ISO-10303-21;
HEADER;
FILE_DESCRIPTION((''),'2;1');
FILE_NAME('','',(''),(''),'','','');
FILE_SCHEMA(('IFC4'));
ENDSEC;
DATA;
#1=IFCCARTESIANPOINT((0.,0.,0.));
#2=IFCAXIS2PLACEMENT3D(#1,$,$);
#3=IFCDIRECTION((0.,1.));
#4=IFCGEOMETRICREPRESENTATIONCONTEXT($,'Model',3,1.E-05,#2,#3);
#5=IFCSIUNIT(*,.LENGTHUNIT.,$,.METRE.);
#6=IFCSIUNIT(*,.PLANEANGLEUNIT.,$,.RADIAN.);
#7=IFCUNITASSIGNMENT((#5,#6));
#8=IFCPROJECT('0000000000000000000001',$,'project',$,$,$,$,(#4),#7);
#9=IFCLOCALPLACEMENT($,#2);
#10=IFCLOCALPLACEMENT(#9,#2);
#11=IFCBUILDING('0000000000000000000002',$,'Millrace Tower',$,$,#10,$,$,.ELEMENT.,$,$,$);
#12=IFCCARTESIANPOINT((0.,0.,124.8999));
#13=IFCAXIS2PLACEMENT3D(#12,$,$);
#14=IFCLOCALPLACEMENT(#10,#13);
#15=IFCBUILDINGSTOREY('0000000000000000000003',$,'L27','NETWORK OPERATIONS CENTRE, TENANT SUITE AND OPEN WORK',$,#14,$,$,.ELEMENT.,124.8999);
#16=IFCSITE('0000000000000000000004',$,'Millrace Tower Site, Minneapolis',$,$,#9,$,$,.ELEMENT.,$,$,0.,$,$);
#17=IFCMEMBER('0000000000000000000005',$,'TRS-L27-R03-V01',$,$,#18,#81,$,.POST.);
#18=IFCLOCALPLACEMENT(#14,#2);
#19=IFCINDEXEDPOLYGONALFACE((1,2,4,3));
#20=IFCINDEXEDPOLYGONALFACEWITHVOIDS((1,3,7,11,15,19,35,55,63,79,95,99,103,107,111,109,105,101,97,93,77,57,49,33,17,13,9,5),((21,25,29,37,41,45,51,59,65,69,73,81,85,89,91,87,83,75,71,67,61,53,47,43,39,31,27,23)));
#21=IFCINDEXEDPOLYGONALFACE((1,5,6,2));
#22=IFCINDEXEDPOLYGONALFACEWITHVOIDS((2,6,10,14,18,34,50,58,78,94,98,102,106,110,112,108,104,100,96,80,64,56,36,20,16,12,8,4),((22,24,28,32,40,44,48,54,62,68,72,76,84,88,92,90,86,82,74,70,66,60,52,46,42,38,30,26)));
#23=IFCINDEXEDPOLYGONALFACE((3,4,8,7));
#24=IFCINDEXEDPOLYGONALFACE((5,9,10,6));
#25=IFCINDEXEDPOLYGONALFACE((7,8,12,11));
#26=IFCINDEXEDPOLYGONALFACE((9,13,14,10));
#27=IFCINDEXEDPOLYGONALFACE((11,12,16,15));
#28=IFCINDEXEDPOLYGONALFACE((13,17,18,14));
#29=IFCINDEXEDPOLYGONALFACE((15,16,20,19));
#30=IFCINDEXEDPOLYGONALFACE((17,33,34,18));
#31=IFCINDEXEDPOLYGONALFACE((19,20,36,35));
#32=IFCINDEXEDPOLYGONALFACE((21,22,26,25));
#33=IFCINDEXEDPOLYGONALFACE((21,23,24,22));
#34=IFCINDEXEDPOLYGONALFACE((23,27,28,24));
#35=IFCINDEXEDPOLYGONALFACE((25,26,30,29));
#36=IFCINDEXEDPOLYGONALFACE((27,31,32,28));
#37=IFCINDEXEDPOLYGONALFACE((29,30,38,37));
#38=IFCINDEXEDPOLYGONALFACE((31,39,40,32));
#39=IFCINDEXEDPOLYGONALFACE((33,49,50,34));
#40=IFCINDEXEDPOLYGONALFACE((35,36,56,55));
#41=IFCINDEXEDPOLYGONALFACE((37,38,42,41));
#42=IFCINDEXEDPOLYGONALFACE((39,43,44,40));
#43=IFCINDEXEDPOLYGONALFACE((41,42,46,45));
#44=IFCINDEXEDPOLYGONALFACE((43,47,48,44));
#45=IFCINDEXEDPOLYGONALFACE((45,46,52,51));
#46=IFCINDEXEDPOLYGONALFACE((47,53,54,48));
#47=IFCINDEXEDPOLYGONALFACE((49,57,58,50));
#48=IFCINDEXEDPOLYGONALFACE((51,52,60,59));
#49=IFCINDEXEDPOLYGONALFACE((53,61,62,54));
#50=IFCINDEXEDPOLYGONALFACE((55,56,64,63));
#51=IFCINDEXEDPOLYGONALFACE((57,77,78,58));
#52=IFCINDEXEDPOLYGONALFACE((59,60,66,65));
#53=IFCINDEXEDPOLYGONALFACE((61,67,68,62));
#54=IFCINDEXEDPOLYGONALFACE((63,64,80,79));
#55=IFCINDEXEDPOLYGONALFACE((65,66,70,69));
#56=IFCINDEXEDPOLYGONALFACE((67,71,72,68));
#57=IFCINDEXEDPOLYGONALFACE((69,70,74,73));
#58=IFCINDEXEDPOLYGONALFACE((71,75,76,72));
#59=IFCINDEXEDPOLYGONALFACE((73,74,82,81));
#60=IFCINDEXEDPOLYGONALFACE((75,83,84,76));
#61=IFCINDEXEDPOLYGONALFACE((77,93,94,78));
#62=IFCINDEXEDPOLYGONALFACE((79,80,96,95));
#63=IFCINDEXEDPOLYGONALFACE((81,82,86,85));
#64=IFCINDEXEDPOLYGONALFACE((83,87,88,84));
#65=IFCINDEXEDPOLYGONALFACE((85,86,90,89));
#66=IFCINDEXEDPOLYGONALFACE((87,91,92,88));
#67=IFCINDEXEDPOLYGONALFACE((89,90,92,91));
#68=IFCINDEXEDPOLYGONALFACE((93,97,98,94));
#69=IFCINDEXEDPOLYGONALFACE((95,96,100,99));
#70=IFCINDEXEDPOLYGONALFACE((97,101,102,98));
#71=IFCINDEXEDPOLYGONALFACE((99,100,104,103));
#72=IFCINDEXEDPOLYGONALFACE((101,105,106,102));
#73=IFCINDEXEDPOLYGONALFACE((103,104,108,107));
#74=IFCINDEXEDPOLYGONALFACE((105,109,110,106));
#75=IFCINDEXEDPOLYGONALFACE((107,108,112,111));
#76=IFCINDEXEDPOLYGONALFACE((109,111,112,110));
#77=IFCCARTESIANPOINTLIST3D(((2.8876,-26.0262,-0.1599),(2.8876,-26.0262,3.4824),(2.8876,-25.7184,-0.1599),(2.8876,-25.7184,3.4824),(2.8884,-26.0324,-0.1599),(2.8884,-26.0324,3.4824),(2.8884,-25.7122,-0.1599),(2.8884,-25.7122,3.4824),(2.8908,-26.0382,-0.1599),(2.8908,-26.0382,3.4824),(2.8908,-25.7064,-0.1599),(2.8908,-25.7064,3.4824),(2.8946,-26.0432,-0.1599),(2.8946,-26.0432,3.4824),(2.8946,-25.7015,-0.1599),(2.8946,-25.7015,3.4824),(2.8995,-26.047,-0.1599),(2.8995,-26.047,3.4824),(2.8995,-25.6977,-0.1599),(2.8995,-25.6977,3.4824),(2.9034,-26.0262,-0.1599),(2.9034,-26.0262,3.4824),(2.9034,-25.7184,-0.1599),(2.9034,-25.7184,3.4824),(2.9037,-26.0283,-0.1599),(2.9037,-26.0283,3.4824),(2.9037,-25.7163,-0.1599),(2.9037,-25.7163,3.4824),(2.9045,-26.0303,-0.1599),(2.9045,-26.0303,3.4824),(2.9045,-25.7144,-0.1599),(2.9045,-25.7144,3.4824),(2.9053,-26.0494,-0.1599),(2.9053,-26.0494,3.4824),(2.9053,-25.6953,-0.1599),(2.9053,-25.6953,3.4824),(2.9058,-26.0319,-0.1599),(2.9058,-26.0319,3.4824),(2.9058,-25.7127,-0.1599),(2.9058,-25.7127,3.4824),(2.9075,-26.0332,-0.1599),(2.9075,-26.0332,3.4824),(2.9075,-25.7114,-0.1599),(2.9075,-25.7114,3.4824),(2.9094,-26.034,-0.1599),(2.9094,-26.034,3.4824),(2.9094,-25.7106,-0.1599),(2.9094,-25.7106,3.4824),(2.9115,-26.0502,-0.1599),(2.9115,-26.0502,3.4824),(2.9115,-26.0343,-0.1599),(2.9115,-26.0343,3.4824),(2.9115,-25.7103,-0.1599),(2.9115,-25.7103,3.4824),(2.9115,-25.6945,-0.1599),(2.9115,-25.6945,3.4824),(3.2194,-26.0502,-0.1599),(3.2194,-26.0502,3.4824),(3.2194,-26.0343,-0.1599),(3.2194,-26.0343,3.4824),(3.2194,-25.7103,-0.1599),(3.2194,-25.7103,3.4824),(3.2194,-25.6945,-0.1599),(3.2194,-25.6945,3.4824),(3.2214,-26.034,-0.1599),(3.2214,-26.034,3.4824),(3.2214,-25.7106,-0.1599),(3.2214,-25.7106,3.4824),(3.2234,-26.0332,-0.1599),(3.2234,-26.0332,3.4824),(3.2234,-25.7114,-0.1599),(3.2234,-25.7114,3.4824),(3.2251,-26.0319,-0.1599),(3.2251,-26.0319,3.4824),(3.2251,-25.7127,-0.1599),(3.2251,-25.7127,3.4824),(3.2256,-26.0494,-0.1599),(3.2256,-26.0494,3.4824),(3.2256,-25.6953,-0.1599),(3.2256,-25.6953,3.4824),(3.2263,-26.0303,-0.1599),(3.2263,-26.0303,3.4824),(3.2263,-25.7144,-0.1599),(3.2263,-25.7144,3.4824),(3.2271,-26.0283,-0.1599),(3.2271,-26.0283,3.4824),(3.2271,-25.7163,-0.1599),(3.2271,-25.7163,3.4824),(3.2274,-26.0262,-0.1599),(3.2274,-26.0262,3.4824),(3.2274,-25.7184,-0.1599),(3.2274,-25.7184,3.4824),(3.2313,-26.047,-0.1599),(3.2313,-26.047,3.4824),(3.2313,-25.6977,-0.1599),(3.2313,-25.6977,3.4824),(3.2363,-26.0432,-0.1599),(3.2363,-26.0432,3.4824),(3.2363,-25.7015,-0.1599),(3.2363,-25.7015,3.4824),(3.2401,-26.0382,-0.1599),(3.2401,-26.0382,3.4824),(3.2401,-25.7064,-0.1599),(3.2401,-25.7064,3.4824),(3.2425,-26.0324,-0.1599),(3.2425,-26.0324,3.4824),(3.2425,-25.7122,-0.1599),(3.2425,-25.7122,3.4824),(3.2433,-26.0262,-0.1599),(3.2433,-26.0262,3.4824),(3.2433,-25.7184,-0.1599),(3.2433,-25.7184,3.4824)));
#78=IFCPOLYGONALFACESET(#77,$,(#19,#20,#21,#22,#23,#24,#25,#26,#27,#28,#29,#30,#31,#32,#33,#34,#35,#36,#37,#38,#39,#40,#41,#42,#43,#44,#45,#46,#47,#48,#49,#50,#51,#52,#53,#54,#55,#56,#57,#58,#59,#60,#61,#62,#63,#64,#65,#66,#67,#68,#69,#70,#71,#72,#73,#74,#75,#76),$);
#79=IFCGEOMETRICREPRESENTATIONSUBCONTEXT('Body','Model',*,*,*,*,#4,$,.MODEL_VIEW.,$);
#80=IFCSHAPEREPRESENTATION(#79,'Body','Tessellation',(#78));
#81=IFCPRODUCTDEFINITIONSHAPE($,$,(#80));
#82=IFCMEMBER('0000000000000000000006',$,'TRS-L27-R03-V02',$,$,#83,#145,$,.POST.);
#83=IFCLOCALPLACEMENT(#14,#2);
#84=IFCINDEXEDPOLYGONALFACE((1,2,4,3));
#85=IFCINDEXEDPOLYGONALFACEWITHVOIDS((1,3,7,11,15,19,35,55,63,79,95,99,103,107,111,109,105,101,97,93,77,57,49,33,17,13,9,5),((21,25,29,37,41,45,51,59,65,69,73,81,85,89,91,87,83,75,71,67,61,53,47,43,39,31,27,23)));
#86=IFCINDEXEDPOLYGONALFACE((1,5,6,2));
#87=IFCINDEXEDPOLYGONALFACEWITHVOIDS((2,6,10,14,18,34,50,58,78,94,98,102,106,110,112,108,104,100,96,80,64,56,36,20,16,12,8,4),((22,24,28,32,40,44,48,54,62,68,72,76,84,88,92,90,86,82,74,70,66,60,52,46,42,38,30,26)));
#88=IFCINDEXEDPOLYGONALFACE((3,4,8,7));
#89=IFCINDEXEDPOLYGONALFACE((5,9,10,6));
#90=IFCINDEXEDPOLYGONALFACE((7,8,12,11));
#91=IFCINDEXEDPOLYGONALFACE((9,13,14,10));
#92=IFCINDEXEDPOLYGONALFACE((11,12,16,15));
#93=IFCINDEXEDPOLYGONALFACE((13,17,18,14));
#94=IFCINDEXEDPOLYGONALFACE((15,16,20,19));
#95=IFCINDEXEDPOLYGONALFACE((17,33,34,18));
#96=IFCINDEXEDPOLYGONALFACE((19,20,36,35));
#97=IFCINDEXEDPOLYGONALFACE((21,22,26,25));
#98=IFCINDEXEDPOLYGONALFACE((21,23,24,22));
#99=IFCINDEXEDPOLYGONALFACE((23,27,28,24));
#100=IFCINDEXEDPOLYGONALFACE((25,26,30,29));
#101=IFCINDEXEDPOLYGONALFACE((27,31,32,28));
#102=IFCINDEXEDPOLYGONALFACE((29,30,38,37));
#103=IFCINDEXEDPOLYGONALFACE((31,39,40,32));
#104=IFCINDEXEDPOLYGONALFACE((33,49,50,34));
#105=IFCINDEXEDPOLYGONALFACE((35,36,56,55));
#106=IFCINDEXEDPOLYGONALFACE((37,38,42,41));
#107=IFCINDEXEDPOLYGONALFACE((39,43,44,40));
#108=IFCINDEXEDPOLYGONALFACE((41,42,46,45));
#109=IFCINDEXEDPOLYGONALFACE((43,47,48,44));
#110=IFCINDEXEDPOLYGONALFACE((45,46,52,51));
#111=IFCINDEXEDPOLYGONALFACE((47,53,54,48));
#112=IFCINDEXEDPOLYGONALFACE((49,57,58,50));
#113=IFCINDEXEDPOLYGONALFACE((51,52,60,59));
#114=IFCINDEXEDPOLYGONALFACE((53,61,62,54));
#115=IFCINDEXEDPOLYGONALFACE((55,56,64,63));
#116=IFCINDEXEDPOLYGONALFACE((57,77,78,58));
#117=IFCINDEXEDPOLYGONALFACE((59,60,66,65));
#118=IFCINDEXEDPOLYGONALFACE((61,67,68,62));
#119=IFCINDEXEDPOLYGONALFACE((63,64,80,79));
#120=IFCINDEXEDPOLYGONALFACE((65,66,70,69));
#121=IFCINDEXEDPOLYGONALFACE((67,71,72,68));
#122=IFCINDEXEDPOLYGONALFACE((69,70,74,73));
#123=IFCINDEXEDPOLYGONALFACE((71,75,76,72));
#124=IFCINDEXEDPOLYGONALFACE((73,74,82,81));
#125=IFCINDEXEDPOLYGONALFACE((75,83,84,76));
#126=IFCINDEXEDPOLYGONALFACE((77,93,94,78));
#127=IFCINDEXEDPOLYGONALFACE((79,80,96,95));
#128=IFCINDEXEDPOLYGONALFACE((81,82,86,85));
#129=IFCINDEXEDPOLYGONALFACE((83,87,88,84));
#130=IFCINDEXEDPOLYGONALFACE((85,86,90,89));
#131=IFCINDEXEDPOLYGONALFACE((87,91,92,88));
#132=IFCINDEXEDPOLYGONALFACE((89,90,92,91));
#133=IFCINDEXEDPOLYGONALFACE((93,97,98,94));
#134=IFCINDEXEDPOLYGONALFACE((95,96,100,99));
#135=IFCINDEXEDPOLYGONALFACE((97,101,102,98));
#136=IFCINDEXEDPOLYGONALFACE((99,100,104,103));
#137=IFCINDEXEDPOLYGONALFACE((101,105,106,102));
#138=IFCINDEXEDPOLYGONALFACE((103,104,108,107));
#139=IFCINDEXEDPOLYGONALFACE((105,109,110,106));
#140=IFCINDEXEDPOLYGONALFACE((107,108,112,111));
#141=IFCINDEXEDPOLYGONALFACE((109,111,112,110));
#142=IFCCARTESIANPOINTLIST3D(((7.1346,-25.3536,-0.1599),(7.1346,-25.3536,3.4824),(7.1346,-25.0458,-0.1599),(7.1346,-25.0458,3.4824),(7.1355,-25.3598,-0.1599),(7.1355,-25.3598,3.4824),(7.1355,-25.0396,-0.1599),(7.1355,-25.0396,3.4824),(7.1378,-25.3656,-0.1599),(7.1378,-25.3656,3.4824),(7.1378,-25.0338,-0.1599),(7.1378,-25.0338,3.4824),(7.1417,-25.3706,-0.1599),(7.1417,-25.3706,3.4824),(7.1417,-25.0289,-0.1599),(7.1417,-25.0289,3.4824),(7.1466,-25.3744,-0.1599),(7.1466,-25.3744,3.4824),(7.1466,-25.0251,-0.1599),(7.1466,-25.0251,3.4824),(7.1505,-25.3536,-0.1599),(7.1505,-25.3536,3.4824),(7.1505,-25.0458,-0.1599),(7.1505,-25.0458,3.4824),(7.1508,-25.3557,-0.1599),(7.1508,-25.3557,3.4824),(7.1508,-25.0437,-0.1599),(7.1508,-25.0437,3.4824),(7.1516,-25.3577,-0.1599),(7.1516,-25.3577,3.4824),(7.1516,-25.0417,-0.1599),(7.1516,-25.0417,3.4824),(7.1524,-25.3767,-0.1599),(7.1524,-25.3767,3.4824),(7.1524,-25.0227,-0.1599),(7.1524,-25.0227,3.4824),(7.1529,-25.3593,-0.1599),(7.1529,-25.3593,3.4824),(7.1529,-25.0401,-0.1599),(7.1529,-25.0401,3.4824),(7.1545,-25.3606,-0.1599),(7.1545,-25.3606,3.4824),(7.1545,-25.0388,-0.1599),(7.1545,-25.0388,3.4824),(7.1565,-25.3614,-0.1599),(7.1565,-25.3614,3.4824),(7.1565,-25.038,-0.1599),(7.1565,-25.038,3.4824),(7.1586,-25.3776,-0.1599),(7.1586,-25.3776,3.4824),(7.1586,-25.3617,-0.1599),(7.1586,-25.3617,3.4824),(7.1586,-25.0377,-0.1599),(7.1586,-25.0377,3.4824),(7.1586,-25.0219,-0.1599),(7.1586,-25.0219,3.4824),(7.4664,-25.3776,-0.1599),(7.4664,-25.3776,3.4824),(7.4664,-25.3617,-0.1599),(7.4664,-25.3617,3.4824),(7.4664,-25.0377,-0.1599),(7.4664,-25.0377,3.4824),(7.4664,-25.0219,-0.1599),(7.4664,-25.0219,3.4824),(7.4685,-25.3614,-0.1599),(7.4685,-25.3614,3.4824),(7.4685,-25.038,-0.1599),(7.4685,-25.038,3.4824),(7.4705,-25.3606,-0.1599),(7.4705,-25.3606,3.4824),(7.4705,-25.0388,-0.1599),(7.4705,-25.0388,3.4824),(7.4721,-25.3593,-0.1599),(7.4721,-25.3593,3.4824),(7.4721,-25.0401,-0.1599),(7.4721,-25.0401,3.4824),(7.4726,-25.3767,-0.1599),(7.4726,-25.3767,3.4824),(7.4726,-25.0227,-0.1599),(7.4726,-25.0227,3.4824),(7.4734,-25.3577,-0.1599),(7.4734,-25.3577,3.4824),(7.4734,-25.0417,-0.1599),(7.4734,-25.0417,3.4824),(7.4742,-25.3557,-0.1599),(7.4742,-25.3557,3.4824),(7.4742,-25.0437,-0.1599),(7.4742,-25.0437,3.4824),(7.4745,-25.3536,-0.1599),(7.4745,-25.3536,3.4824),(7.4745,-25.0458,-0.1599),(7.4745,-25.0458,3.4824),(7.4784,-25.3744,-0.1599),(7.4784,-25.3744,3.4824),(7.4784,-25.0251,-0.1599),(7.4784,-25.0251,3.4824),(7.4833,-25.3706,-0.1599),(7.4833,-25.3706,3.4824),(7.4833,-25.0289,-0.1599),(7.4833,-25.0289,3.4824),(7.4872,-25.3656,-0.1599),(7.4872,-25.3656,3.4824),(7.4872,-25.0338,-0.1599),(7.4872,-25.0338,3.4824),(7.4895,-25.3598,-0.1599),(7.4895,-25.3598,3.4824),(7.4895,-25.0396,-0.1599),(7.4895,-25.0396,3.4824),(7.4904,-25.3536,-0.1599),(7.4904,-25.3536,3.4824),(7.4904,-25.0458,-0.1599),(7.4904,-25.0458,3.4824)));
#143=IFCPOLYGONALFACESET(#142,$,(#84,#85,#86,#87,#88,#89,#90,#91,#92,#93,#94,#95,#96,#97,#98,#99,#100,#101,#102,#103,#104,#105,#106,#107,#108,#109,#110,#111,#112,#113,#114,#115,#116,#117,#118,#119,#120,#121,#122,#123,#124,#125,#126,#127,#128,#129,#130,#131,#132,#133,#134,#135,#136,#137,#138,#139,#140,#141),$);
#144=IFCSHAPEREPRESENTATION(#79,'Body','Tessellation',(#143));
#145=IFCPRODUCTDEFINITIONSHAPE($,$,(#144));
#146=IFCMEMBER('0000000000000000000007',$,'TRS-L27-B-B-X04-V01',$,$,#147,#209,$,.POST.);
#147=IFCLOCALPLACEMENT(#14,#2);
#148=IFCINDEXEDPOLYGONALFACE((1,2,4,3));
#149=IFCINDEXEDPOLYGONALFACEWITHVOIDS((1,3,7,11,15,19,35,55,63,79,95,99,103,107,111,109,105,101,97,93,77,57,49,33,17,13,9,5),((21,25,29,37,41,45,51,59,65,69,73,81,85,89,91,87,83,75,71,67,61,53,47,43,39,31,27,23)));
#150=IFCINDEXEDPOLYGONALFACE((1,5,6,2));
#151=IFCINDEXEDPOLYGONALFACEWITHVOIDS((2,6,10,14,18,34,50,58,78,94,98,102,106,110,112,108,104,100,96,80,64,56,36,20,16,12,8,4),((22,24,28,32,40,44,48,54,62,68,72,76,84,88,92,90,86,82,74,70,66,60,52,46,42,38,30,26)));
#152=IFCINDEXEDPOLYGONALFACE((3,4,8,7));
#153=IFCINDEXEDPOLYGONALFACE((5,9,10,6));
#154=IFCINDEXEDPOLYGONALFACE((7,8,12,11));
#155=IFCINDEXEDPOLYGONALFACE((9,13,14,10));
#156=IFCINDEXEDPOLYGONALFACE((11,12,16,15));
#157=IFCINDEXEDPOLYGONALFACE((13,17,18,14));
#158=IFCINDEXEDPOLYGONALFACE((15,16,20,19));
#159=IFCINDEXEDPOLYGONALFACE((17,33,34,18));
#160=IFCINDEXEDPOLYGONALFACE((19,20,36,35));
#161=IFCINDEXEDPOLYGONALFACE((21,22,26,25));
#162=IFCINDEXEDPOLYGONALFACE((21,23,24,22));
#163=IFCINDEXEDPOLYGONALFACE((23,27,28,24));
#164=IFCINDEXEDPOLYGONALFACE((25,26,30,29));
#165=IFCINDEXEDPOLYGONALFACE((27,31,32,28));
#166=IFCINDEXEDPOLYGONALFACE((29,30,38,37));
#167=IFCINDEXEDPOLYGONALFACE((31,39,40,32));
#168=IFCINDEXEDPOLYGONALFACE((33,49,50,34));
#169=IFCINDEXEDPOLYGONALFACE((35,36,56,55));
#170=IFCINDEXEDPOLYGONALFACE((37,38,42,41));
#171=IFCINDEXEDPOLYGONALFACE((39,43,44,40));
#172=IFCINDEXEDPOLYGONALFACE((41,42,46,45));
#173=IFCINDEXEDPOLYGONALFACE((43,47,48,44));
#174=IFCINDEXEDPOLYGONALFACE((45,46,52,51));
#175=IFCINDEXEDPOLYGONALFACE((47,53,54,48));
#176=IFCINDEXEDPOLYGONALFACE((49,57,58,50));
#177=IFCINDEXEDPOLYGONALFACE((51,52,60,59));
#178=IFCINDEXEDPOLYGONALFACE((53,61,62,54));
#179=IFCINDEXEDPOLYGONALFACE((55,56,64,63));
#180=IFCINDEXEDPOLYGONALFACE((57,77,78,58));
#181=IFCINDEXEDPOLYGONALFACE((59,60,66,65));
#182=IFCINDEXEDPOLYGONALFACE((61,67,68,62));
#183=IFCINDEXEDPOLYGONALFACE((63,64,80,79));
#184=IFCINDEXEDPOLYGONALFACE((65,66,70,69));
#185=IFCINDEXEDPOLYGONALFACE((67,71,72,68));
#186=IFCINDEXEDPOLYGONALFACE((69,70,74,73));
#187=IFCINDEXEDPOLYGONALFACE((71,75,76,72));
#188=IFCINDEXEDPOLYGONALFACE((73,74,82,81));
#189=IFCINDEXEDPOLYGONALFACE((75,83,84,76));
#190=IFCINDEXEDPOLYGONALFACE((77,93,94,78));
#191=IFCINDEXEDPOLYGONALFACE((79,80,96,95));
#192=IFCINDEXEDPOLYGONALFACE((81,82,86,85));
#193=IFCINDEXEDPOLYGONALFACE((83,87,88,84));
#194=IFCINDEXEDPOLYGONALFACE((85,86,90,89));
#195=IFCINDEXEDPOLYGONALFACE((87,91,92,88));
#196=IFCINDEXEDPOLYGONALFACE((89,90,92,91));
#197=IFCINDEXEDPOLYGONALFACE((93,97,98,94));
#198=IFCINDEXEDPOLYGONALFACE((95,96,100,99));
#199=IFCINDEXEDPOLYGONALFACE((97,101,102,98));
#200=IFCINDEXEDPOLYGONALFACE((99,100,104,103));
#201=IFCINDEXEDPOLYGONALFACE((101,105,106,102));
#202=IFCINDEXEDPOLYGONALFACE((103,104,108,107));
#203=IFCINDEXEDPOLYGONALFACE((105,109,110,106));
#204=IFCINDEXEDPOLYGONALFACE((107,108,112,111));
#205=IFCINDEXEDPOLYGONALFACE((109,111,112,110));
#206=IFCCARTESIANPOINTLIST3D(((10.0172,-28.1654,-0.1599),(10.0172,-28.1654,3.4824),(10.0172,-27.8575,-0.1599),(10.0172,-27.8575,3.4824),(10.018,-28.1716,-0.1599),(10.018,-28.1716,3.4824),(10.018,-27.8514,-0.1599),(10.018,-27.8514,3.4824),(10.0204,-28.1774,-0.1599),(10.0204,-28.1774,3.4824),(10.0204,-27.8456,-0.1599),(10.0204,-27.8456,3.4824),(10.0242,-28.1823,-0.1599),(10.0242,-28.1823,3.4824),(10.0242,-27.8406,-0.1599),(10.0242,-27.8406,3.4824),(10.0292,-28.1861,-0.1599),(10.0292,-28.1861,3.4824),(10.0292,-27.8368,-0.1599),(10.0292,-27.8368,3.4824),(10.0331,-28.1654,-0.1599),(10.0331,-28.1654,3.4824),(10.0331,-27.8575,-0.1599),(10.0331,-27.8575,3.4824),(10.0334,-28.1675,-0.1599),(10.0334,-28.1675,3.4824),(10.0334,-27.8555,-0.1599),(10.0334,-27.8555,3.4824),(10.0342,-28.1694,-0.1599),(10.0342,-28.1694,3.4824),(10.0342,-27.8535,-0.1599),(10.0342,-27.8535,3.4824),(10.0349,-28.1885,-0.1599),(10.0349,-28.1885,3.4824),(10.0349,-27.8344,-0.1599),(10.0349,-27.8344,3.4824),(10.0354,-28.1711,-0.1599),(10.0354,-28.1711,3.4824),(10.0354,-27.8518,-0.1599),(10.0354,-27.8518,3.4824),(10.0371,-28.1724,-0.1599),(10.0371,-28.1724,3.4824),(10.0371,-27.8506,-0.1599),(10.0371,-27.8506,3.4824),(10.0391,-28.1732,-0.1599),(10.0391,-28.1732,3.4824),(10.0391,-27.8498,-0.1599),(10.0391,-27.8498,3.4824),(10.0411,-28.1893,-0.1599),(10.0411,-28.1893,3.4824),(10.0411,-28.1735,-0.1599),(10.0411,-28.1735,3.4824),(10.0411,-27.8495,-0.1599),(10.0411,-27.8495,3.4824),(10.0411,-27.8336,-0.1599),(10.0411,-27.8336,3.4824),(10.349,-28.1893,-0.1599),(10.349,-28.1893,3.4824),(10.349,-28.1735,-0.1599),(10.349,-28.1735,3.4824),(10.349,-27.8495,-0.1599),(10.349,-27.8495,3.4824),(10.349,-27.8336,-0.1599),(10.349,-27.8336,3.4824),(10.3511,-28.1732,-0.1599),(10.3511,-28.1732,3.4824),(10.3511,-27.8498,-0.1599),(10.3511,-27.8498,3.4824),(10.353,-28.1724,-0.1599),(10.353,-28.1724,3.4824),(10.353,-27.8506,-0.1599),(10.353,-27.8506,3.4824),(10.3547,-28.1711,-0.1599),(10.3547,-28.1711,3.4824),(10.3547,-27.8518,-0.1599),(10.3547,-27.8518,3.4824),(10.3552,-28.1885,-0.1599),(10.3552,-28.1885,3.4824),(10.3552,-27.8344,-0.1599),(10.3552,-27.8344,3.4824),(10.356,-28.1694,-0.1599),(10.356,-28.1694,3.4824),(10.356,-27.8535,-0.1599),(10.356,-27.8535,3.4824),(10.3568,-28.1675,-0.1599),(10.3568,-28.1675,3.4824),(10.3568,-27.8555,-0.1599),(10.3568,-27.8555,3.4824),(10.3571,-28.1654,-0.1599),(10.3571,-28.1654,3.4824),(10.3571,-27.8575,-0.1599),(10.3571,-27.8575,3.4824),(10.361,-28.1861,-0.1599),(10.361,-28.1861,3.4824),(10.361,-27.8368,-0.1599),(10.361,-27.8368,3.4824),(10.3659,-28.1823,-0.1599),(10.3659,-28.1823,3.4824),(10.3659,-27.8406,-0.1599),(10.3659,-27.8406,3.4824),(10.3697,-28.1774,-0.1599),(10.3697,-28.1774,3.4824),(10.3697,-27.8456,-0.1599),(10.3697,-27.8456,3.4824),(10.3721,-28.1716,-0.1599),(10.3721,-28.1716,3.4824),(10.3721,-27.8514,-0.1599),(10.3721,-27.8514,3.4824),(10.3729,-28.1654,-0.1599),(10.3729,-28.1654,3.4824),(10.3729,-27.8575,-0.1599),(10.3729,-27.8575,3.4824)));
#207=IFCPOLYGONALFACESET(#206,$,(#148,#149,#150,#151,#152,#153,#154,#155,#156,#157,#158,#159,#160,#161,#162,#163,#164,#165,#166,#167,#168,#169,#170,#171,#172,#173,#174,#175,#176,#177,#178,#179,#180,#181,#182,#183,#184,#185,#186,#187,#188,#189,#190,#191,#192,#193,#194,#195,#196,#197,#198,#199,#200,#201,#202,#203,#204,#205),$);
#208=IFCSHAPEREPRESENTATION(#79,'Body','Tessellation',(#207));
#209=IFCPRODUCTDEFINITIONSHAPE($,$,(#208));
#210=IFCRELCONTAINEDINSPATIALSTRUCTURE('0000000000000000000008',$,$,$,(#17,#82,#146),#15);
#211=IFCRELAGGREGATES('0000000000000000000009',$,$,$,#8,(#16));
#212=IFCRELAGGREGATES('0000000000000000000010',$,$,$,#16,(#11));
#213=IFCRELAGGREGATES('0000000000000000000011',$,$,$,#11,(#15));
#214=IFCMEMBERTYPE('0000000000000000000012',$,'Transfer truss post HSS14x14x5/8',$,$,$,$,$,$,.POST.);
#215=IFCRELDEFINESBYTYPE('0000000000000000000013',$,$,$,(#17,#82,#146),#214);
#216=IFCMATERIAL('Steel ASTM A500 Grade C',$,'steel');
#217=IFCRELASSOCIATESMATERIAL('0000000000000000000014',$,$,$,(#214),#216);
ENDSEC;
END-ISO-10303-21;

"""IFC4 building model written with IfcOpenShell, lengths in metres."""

from ifc_helpers import new_model, si_unit, direction, frame, origin, origin_2d, place, context, subcontext, project, spatial, hollow_rectangle, extrude, material, material_profile, profile_set, type_object, element, save


model = new_model("IFC4")

# Units and contexts
model_context = context("Model", 3, precision=1e-05, world=origin(), true_north=direction((0.0, 1.0)))
body_context = subcontext(model_context, "Body", "Model", "MODEL_VIEW")
ifc_project = project(units=[si_unit("LENGTHUNIT", "METRE"), si_unit("PLANEANGLEUNIT", "RADIAN")], contexts=[model_context])

# Site, building, storey
site_placement = place(None, origin())
site = spatial("IfcSite", under=ifc_project, at=site_placement, Name="Millrace Tower Site, Minneapolis", CompositionType="ELEMENT", RefElevation=0.0)
building_placement = place(site_placement, origin())
building = spatial("IfcBuilding", under=site, at=building_placement, Name="Millrace Tower", CompositionType="ELEMENT")
storey_placement = place(building_placement, frame((0.0, 0.0, 124.8999)))
storey = spatial("IfcBuildingStorey", under=building, at=storey_placement, Name="L27", Description="NETWORK OPERATIONS CENTRE, TENANT SUITE AND OPEN WORK", CompositionType="ELEMENT", Elevation=124.8999)

# Members
ifc_material_1 = material(Name="Steel ASTM A500 Grade C", Category="steel")
ifc_material_profile_1 = material_profile(ifc_material_1, hollow_rectangle(XDim=0.3557, YDim=0.3557, WallThickness=0.0159, InnerFilletRadius=0.0081, OuterFilletRadius=0.0239, at=origin_2d()))
ifc_profile_set_1 = profile_set([ifc_material_profile_1], Name="Steel ASTM A500 Grade C")
member_type_1 = type_object("IfcMemberType", Name="Transfer truss post HSS14x14x5/8", PredefinedType="POST", material=ifc_profile_set_1)
for number, where, z_axis, x_axis, name in (
    (1, (3.0654, -25.8723, -0.1599), (0.0, 0.0, 1.0), (1.0, 0.0, 0.0), "TRS-L27-R03-V01"),
    (2, (7.3125, -25.1997, -0.1599), (0.0, 0.0, 1.0), (1.0, 0.0, 0.0), "TRS-L27-R03-V02"),
    (3, (10.1951, -28.0115, -0.1599), (0.0, 0.0, 1.0), (1.0, 0.0, 0.0), "TRS-L27-B-B-X04-V01"),
):
    element("IfcMember", number, at=place(storey_placement, frame(where, z_axis=z_axis, x_axis=x_axis)), inside=storey, type_object=member_type_1, Name=name, PredefinedType="POST", context=body_context, shape_type="SweptSolid", body=[
        extrude(hollow_rectangle(XDim=0.3557, YDim=0.3557, WallThickness=0.0159, InnerFilletRadius=0.0081, OuterFilletRadius=0.0239, at=origin_2d()), origin(), (0.0, 0.0, 1.0), 3.6423),
    ])

save(model, "model.ifc")
